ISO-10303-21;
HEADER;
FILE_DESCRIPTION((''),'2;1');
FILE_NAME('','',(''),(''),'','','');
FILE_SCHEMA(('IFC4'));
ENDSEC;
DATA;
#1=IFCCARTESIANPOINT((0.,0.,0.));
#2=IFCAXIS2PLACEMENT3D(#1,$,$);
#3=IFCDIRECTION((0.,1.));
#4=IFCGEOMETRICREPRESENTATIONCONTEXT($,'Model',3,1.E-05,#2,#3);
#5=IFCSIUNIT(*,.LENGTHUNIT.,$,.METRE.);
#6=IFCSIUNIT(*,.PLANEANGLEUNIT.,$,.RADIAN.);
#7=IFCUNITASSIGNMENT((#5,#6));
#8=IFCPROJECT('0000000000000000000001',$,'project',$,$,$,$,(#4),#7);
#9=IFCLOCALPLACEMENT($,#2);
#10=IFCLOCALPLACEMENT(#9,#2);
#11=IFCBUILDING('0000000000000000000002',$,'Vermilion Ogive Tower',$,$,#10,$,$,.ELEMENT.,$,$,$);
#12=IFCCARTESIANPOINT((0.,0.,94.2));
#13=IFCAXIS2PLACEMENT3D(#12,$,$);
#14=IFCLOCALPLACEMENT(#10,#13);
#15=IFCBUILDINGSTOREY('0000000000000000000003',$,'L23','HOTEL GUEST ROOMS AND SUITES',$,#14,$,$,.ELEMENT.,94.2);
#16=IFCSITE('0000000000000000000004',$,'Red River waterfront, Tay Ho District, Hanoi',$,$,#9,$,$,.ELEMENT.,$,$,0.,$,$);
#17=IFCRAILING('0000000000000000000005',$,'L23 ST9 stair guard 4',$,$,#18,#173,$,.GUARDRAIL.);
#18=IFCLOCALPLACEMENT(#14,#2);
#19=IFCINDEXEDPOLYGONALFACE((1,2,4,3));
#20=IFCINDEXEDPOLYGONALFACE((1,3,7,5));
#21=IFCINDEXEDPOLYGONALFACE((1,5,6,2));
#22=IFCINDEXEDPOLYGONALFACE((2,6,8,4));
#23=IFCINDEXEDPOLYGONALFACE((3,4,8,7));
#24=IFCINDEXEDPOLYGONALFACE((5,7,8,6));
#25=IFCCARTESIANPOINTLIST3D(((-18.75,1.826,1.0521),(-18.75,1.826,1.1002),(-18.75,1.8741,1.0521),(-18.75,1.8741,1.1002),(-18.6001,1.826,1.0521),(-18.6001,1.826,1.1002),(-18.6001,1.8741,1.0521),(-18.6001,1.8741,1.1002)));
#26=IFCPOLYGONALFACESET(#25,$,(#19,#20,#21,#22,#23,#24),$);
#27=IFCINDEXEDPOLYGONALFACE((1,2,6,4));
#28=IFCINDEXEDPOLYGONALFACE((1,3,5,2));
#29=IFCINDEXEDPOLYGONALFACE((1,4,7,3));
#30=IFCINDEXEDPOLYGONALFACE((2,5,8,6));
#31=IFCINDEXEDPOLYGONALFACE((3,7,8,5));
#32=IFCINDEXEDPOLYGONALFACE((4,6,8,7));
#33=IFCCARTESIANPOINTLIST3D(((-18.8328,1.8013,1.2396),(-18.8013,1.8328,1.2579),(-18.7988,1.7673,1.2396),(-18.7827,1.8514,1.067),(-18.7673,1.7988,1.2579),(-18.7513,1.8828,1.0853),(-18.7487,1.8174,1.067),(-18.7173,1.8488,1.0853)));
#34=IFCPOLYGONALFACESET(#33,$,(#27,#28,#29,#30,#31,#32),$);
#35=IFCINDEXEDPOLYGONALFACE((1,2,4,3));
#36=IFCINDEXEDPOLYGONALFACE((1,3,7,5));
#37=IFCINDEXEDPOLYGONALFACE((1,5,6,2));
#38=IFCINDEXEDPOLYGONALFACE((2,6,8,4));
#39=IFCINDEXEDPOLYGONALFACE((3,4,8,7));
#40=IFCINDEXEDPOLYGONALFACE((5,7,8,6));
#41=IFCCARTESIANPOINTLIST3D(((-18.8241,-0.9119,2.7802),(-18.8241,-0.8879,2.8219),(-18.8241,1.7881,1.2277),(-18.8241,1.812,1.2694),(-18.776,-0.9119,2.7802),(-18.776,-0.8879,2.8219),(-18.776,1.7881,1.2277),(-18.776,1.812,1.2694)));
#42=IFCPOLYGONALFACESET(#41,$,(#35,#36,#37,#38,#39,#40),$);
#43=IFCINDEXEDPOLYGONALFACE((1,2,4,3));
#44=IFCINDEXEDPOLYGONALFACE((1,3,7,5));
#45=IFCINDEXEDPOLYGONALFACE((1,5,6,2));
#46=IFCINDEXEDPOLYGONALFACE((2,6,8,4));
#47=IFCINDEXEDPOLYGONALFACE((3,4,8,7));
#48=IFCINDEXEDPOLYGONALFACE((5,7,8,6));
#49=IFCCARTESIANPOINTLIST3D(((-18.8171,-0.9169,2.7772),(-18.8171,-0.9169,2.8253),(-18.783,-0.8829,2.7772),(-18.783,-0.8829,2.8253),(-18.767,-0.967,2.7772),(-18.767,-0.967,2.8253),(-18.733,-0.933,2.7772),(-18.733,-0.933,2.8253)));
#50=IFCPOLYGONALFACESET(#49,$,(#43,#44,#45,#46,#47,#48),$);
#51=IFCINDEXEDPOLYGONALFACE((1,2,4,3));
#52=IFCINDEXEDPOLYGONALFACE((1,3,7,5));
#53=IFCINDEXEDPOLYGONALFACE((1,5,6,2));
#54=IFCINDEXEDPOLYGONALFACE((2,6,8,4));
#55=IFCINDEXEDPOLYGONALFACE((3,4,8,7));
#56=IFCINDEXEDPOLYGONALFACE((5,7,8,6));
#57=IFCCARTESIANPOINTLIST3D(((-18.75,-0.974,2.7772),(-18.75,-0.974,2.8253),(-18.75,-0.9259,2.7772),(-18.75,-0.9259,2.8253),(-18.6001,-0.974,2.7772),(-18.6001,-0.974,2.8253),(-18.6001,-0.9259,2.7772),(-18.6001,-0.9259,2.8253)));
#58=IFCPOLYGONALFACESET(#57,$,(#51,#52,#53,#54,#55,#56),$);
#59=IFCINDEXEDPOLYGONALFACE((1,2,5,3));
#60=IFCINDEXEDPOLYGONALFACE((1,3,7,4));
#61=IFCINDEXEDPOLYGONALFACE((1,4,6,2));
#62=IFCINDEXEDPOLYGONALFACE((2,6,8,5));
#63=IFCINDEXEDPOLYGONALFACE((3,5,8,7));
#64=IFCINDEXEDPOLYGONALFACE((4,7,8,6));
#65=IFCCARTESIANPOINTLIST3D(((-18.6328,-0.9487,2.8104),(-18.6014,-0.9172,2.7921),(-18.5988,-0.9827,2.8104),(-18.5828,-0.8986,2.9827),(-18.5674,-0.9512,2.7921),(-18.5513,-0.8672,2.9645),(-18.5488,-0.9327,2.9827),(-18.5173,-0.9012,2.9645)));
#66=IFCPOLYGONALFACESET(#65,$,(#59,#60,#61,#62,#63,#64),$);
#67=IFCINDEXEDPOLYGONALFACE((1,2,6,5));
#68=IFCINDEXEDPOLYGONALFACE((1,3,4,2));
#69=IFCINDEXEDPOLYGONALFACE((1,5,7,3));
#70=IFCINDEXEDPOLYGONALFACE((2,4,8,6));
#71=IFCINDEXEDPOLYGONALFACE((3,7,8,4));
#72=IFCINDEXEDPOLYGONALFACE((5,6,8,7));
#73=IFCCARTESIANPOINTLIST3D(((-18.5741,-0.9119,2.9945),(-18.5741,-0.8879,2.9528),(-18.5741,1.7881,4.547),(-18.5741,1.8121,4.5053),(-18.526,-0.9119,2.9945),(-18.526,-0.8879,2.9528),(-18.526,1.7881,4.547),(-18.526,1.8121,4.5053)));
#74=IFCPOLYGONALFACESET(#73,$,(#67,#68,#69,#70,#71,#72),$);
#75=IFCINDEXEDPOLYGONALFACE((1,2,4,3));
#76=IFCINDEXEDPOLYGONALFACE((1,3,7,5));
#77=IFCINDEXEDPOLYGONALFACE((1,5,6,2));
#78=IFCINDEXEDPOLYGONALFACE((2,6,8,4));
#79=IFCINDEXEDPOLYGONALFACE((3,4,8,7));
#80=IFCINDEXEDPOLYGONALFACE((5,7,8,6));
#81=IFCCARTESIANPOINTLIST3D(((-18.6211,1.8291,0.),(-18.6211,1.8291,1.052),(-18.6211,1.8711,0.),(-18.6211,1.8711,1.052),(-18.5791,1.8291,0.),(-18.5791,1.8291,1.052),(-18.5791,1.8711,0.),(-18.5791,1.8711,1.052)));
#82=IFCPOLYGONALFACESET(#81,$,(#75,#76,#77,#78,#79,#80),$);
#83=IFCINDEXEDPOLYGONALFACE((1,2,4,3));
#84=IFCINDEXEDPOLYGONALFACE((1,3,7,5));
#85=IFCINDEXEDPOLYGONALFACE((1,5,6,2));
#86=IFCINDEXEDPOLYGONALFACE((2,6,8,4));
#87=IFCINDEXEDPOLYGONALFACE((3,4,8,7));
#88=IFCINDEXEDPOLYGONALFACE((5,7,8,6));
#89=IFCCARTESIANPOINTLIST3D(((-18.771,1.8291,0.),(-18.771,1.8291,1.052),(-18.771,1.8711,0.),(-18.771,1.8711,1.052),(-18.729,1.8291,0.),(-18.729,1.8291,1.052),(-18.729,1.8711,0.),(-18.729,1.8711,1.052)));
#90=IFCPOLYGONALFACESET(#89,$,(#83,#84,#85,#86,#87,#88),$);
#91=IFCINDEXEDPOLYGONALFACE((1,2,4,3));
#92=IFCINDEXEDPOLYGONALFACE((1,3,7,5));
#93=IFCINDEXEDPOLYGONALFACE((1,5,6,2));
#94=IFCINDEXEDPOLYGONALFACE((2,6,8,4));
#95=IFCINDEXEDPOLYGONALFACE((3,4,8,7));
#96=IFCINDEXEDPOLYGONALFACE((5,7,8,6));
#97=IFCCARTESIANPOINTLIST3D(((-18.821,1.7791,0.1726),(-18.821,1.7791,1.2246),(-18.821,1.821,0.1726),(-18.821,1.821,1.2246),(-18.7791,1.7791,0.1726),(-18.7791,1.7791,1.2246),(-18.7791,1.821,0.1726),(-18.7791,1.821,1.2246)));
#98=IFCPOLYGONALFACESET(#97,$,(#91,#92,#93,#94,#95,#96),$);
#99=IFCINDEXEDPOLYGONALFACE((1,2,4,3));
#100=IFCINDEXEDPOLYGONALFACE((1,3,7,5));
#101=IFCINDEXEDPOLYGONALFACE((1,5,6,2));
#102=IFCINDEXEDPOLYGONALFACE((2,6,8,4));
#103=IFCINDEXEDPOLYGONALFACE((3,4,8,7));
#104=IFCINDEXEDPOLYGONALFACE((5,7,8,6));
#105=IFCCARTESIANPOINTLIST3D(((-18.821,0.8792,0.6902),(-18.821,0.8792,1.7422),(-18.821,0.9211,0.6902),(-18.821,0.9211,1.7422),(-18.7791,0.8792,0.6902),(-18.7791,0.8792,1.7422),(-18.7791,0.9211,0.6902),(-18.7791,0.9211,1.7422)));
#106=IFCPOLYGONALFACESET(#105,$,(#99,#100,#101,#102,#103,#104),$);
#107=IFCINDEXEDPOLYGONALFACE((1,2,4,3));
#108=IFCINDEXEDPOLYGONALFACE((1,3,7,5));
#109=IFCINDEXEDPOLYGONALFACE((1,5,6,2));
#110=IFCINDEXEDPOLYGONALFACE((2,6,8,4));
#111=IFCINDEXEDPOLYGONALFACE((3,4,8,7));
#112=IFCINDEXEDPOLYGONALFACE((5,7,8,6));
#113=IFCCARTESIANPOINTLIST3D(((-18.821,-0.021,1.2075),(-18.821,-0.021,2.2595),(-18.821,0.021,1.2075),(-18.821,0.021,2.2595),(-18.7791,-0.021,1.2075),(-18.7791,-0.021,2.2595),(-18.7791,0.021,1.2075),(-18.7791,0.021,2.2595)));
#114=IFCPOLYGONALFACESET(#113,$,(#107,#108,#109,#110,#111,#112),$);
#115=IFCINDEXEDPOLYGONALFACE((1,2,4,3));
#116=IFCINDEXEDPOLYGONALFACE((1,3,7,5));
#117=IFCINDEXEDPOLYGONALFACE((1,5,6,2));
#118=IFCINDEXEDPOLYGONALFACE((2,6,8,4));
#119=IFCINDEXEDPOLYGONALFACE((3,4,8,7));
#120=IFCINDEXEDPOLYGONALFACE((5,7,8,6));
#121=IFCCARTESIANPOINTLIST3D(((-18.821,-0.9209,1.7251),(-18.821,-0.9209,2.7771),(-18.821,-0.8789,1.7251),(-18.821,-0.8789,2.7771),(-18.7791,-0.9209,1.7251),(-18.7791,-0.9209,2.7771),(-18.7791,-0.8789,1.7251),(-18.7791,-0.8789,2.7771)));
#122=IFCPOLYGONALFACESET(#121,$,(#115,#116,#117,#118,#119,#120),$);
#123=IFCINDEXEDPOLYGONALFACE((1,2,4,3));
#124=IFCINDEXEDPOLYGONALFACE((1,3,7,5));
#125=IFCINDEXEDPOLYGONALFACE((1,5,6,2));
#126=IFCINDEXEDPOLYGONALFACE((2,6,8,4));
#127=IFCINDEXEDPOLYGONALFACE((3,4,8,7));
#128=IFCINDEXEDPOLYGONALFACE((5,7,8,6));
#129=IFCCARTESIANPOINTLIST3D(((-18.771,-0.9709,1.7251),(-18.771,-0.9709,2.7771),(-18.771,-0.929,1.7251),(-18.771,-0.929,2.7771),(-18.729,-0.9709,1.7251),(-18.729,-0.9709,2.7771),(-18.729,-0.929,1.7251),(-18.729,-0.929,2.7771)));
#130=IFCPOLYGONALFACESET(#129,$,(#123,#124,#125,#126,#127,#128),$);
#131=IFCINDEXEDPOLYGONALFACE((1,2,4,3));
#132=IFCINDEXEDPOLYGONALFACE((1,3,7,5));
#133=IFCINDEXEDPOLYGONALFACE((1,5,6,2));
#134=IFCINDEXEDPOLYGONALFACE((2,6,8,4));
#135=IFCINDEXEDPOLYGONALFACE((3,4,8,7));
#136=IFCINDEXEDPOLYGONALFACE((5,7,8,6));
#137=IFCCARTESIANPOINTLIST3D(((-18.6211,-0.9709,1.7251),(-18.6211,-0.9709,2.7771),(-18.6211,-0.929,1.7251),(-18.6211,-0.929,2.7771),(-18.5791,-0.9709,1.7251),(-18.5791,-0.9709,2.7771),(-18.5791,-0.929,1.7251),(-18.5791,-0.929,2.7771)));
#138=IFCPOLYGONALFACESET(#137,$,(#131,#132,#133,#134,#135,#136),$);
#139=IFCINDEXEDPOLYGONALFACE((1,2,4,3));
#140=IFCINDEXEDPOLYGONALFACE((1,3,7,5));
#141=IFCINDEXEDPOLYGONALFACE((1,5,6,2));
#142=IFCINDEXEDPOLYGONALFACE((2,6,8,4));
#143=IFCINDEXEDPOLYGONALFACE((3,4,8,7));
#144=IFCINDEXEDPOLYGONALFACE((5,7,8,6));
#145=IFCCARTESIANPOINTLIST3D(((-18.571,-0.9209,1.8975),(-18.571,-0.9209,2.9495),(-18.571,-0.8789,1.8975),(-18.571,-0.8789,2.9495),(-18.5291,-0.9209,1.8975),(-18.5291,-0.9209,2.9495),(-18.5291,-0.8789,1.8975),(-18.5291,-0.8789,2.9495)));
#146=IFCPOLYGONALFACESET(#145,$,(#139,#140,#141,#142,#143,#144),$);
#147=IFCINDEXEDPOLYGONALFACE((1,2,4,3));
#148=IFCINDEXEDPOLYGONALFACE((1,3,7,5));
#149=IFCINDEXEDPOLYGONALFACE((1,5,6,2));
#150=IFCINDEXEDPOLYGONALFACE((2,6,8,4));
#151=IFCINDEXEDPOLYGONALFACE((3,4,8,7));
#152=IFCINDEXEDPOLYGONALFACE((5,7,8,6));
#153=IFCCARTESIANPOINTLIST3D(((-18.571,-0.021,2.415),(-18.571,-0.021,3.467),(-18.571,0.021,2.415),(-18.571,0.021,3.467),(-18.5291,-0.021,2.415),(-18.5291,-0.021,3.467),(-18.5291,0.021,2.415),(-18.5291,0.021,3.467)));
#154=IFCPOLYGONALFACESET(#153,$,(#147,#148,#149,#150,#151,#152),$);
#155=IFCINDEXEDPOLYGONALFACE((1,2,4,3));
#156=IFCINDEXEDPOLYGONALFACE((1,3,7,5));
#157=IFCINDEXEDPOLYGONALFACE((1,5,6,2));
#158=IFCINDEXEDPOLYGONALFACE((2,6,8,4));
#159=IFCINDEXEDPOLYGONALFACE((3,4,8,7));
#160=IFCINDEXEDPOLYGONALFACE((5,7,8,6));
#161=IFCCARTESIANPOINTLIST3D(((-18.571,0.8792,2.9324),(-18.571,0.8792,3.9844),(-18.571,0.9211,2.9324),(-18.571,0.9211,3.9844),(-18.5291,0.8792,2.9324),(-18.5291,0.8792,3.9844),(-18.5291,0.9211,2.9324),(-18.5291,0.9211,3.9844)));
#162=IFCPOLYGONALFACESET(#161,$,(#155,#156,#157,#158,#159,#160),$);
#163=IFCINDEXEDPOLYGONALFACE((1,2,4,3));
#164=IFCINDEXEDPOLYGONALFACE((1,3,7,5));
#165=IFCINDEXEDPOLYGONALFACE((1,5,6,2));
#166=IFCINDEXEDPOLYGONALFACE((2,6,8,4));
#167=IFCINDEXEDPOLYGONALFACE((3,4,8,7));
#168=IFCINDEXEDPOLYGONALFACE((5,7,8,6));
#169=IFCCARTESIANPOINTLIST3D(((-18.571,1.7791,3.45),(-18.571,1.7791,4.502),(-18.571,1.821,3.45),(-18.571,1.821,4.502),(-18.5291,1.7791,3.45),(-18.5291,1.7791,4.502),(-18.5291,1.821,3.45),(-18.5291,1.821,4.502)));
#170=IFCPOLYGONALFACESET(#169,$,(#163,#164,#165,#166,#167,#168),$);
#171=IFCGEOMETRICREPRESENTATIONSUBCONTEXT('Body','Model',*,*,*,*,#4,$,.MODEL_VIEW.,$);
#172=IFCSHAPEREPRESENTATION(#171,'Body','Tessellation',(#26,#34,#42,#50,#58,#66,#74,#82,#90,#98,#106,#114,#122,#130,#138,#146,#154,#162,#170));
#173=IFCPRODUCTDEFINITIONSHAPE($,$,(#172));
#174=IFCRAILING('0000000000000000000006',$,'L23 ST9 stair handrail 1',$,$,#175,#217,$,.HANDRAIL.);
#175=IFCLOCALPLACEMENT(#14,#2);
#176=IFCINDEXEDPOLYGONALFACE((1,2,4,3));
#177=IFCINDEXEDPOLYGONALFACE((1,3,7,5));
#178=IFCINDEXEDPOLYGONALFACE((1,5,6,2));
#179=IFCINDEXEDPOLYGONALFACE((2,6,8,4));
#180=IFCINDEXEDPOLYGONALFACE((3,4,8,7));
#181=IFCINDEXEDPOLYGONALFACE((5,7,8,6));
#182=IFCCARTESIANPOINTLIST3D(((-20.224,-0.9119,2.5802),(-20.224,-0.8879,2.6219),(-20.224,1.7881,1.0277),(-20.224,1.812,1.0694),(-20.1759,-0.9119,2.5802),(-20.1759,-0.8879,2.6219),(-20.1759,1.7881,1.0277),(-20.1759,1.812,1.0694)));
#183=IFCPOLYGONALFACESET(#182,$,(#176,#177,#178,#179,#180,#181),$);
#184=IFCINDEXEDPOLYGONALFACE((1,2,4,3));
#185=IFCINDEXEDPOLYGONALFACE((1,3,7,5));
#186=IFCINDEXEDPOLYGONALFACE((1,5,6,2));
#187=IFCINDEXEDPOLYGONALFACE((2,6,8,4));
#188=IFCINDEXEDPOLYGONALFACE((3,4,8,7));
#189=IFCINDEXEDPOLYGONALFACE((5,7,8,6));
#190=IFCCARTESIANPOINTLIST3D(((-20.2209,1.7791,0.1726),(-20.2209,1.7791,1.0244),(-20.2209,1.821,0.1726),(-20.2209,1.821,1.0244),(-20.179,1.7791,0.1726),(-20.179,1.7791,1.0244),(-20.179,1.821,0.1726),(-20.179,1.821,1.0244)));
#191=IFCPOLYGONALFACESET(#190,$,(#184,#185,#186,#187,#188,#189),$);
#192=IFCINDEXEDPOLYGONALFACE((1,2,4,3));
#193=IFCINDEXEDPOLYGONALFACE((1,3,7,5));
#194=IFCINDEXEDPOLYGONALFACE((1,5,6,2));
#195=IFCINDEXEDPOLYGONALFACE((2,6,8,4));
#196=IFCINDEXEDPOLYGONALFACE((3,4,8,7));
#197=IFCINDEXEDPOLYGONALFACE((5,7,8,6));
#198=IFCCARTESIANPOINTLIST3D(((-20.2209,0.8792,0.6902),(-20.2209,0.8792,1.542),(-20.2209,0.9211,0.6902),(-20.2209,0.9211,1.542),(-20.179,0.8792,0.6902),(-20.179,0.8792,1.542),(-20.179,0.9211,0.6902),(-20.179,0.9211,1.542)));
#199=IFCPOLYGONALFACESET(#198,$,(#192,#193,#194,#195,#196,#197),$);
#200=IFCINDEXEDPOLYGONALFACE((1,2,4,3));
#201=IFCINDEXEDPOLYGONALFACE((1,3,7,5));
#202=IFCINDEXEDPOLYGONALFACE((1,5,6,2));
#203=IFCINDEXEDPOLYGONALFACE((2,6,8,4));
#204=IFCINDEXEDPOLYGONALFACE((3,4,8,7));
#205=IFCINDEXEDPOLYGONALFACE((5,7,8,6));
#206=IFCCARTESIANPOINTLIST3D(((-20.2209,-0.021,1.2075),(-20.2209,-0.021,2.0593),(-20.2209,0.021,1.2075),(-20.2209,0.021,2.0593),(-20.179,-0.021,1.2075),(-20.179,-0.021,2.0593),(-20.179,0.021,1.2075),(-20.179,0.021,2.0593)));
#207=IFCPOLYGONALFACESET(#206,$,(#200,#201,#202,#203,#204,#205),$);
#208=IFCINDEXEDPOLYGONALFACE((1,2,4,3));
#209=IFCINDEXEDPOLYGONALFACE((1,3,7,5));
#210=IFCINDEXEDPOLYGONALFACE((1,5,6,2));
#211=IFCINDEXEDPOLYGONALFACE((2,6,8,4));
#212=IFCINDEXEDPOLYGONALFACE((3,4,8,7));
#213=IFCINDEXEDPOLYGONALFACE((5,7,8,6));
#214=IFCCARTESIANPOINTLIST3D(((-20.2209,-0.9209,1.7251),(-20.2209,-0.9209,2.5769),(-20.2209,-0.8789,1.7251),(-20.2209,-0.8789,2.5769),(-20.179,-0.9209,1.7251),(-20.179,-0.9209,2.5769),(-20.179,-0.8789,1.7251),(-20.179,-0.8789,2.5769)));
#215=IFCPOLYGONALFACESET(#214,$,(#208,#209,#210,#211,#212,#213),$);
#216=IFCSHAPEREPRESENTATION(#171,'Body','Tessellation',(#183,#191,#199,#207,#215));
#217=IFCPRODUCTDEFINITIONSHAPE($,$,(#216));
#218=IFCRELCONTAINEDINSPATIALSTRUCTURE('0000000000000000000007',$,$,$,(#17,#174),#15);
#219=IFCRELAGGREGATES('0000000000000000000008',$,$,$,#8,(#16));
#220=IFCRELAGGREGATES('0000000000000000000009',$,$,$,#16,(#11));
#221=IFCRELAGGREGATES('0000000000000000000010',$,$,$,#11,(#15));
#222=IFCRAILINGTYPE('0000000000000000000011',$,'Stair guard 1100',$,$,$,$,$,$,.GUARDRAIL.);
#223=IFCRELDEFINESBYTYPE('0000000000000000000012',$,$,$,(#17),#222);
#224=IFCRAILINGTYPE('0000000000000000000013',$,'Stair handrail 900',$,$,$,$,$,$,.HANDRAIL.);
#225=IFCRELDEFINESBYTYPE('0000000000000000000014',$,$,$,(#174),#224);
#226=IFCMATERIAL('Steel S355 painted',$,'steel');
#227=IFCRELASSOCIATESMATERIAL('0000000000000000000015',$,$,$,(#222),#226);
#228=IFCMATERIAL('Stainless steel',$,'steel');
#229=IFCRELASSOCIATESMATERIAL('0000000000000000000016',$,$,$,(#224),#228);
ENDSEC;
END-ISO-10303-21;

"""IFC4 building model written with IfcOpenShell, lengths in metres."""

from ifc_helpers import new_model, si_unit, direction, frame, origin, origin_2d, place, context, subcontext, project, spatial, rectangle, extrude, material, type_object, element, save


model = new_model("IFC4")

# Units and contexts
model_context = context("Model", 3, precision=1e-05, world=origin(), true_north=direction((0.0, 1.0)))
body_context = subcontext(model_context, "Body", "Model", "MODEL_VIEW")
ifc_project = project(units=[si_unit("LENGTHUNIT", "METRE"), si_unit("PLANEANGLEUNIT", "RADIAN")], contexts=[model_context])

# Site, building, storey
site_placement = place(None, origin())
site = spatial("IfcSite", under=ifc_project, at=site_placement, Name="Red River waterfront, Tay Ho District, Hanoi", CompositionType="ELEMENT", RefElevation=0.0)
building_placement = place(site_placement, origin())
building = spatial("IfcBuilding", under=site, at=building_placement, Name="Vermilion Ogive Tower", CompositionType="ELEMENT")
storey_placement = place(building_placement, frame((0.0, 0.0, 94.2)))
storey = spatial("IfcBuildingStorey", under=building, at=storey_placement, Name="L23", Description="HOTEL GUEST ROOMS AND SUITES", CompositionType="ELEMENT", Elevation=94.2)

# Railings
ifc_material_1 = material(Name="Steel S355 painted", Category="steel")
railing_type_1 = type_object("IfcRailingType", Name="Stair guard 1100", PredefinedType="GUARDRAIL", material=ifc_material_1)
railing_1_placement = place(storey_placement, frame((-18.6001, 1.8501, 0.0)))
element("IfcRailing", 1, at=railing_1_placement, inside=storey, type_object=railing_type_1, Name="L23 ST9 stair guard 4", PredefinedType="GUARDRAIL", context=body_context, shape_type="SweptSolid", body=[
    extrude(rectangle(XDim=0.0481, YDim=0.0481, at=origin_2d()), frame((0.0, 0.0, 1.0762), z_axis=(-1.0, 0.0, 0.0), x_axis=(0.0, -1.0, 0.0)), (0.0, 0.0, 1.0), 0.1499),
    extrude(rectangle(XDim=0.0481, YDim=0.0481, at=origin_2d()), frame((-0.1499, 0.0, 1.0762), z_axis=(-0.268278, -0.268278, 0.925232), x_axis=(0.707107, -0.707107, 0.0)), (0.0, 0.0, 1.0), 0.1865),
    extrude(rectangle(XDim=0.0481, YDim=0.0481, at=origin_2d()), frame((-0.2, -0.05, 1.2485), z_axis=(0.0, -0.866904, 0.498476), x_axis=(1.0, 0.0, 0.0)), (0.0, 0.0, 1.0), 3.1145),
    extrude(rectangle(XDim=0.0481, YDim=0.0481, at=origin_2d()), frame((-0.2, -2.75, 2.8013), z_axis=(0.707107, -0.707107, 0.0), x_axis=(0.707107, 0.707107, 0.0)), (0.0, 0.0, 1.0), 0.0708),
    extrude(rectangle(XDim=0.0481, YDim=0.0481, at=origin_2d()), frame((-0.1499, -2.8, 2.8013), z_axis=(1.0, 0.0, 0.0), x_axis=(0.0, 1.0, 0.0)), (0.0, 0.0, 1.0), 0.1499),
    extrude(rectangle(XDim=0.0481, YDim=0.0481, at=origin_2d()), frame((0.0, -2.8, 2.8013), z_axis=(0.268603, 0.268603, 0.925043), x_axis=(-0.707107, 0.707107, 0.0)), (0.0, 0.0, 1.0), 0.1863),
    extrude(rectangle(XDim=0.0481, YDim=0.0481, at=origin_2d()), frame((0.05, -2.75, 2.9736), z_axis=(0.0, 0.866904, 0.498476), x_axis=(-1.0, 0.0, 0.0)), (0.0, 0.0, 1.0), 3.1145),
    extrude(rectangle(XDim=0.042, YDim=0.042, at=origin_2d()), origin(), (0.0, 0.0, 1.0), 1.052),
    extrude(rectangle(XDim=0.042, YDim=0.042, at=origin_2d()), frame((-0.1499, 0.0, 0.0)), (0.0, 0.0, 1.0), 1.052),
    extrude(rectangle(XDim=0.042, YDim=0.042, at=origin_2d()), frame((-0.2, -0.05, 0.1726)), (0.0, 0.0, 1.0), 1.052),
    extrude(rectangle(XDim=0.042, YDim=0.042, at=origin_2d()), frame((-0.2, -0.95, 0.6902)), (0.0, 0.0, 1.0), 1.052),
    extrude(rectangle(XDim=0.042, YDim=0.042, at=origin_2d()), frame((-0.2, -1.8501, 1.2075)), (0.0, 0.0, 1.0), 1.052),
    extrude(rectangle(XDim=0.042, YDim=0.042, at=origin_2d()), frame((-0.2, -2.75, 1.7251)), (0.0, 0.0, 1.0), 1.052),
    extrude(rectangle(XDim=0.042, YDim=0.042, at=origin_2d()), frame((-0.1499, -2.8, 1.7251)), (0.0, 0.0, 1.0), 1.052),
    extrude(rectangle(XDim=0.042, YDim=0.042, at=origin_2d()), frame((0.0, -2.8, 1.7251)), (0.0, 0.0, 1.0), 1.052),
    extrude(rectangle(XDim=0.042, YDim=0.042, at=origin_2d()), frame((0.05, -2.75, 1.8975)), (0.0, 0.0, 1.0), 1.052),
    extrude(rectangle(XDim=0.042, YDim=0.042, at=origin_2d()), frame((0.05, -1.8501, 2.415)), (0.0, 0.0, 1.0), 1.052),
    extrude(rectangle(XDim=0.042, YDim=0.042, at=origin_2d()), frame((0.05, -0.95, 2.9324)), (0.0, 0.0, 1.0), 1.052),
    extrude(rectangle(XDim=0.042, YDim=0.042, at=origin_2d()), frame((0.05, -0.05, 3.45)), (0.0, 0.0, 1.0), 1.052),
])
ifc_material_2 = material(Name="Stainless steel", Category="steel")
railing_type_2 = type_object("IfcRailingType", Name="Stair handrail 900", PredefinedType="HANDRAIL", material=ifc_material_2)
railing_2_placement = place(storey_placement, frame((-20.2, 1.8, 0.1726)))
element("IfcRailing", 2, at=railing_2_placement, inside=storey, type_object=railing_type_2, Name="L23 ST9 stair handrail 1", PredefinedType="HANDRAIL", context=body_context, shape_type="SweptSolid", body=[
    extrude(rectangle(XDim=0.0481, YDim=0.0481, at=origin_2d()), frame((0.0, 0.0, 0.876), z_axis=(0.0, -0.866904, 0.498476), x_axis=(1.0, 0.0, 0.0)), (0.0, 0.0, 1.0), 3.1145),
    extrude(rectangle(XDim=0.042, YDim=0.042, at=origin_2d()), origin(), (0.0, 0.0, 1.0), 0.8518),
    extrude(rectangle(XDim=0.042, YDim=0.042, at=origin_2d()), frame((0.0, -0.8999, 0.5176)), (0.0, 0.0, 1.0), 0.8518),
    extrude(rectangle(XDim=0.042, YDim=0.042, at=origin_2d()), frame((0.0, -1.8, 1.0349)), (0.0, 0.0, 1.0), 0.8518),
    extrude(rectangle(XDim=0.042, YDim=0.042, at=origin_2d()), frame((0.0, -2.7, 1.5525)), (0.0, 0.0, 1.0), 0.8518),
])

save(model, "model.ifc")
